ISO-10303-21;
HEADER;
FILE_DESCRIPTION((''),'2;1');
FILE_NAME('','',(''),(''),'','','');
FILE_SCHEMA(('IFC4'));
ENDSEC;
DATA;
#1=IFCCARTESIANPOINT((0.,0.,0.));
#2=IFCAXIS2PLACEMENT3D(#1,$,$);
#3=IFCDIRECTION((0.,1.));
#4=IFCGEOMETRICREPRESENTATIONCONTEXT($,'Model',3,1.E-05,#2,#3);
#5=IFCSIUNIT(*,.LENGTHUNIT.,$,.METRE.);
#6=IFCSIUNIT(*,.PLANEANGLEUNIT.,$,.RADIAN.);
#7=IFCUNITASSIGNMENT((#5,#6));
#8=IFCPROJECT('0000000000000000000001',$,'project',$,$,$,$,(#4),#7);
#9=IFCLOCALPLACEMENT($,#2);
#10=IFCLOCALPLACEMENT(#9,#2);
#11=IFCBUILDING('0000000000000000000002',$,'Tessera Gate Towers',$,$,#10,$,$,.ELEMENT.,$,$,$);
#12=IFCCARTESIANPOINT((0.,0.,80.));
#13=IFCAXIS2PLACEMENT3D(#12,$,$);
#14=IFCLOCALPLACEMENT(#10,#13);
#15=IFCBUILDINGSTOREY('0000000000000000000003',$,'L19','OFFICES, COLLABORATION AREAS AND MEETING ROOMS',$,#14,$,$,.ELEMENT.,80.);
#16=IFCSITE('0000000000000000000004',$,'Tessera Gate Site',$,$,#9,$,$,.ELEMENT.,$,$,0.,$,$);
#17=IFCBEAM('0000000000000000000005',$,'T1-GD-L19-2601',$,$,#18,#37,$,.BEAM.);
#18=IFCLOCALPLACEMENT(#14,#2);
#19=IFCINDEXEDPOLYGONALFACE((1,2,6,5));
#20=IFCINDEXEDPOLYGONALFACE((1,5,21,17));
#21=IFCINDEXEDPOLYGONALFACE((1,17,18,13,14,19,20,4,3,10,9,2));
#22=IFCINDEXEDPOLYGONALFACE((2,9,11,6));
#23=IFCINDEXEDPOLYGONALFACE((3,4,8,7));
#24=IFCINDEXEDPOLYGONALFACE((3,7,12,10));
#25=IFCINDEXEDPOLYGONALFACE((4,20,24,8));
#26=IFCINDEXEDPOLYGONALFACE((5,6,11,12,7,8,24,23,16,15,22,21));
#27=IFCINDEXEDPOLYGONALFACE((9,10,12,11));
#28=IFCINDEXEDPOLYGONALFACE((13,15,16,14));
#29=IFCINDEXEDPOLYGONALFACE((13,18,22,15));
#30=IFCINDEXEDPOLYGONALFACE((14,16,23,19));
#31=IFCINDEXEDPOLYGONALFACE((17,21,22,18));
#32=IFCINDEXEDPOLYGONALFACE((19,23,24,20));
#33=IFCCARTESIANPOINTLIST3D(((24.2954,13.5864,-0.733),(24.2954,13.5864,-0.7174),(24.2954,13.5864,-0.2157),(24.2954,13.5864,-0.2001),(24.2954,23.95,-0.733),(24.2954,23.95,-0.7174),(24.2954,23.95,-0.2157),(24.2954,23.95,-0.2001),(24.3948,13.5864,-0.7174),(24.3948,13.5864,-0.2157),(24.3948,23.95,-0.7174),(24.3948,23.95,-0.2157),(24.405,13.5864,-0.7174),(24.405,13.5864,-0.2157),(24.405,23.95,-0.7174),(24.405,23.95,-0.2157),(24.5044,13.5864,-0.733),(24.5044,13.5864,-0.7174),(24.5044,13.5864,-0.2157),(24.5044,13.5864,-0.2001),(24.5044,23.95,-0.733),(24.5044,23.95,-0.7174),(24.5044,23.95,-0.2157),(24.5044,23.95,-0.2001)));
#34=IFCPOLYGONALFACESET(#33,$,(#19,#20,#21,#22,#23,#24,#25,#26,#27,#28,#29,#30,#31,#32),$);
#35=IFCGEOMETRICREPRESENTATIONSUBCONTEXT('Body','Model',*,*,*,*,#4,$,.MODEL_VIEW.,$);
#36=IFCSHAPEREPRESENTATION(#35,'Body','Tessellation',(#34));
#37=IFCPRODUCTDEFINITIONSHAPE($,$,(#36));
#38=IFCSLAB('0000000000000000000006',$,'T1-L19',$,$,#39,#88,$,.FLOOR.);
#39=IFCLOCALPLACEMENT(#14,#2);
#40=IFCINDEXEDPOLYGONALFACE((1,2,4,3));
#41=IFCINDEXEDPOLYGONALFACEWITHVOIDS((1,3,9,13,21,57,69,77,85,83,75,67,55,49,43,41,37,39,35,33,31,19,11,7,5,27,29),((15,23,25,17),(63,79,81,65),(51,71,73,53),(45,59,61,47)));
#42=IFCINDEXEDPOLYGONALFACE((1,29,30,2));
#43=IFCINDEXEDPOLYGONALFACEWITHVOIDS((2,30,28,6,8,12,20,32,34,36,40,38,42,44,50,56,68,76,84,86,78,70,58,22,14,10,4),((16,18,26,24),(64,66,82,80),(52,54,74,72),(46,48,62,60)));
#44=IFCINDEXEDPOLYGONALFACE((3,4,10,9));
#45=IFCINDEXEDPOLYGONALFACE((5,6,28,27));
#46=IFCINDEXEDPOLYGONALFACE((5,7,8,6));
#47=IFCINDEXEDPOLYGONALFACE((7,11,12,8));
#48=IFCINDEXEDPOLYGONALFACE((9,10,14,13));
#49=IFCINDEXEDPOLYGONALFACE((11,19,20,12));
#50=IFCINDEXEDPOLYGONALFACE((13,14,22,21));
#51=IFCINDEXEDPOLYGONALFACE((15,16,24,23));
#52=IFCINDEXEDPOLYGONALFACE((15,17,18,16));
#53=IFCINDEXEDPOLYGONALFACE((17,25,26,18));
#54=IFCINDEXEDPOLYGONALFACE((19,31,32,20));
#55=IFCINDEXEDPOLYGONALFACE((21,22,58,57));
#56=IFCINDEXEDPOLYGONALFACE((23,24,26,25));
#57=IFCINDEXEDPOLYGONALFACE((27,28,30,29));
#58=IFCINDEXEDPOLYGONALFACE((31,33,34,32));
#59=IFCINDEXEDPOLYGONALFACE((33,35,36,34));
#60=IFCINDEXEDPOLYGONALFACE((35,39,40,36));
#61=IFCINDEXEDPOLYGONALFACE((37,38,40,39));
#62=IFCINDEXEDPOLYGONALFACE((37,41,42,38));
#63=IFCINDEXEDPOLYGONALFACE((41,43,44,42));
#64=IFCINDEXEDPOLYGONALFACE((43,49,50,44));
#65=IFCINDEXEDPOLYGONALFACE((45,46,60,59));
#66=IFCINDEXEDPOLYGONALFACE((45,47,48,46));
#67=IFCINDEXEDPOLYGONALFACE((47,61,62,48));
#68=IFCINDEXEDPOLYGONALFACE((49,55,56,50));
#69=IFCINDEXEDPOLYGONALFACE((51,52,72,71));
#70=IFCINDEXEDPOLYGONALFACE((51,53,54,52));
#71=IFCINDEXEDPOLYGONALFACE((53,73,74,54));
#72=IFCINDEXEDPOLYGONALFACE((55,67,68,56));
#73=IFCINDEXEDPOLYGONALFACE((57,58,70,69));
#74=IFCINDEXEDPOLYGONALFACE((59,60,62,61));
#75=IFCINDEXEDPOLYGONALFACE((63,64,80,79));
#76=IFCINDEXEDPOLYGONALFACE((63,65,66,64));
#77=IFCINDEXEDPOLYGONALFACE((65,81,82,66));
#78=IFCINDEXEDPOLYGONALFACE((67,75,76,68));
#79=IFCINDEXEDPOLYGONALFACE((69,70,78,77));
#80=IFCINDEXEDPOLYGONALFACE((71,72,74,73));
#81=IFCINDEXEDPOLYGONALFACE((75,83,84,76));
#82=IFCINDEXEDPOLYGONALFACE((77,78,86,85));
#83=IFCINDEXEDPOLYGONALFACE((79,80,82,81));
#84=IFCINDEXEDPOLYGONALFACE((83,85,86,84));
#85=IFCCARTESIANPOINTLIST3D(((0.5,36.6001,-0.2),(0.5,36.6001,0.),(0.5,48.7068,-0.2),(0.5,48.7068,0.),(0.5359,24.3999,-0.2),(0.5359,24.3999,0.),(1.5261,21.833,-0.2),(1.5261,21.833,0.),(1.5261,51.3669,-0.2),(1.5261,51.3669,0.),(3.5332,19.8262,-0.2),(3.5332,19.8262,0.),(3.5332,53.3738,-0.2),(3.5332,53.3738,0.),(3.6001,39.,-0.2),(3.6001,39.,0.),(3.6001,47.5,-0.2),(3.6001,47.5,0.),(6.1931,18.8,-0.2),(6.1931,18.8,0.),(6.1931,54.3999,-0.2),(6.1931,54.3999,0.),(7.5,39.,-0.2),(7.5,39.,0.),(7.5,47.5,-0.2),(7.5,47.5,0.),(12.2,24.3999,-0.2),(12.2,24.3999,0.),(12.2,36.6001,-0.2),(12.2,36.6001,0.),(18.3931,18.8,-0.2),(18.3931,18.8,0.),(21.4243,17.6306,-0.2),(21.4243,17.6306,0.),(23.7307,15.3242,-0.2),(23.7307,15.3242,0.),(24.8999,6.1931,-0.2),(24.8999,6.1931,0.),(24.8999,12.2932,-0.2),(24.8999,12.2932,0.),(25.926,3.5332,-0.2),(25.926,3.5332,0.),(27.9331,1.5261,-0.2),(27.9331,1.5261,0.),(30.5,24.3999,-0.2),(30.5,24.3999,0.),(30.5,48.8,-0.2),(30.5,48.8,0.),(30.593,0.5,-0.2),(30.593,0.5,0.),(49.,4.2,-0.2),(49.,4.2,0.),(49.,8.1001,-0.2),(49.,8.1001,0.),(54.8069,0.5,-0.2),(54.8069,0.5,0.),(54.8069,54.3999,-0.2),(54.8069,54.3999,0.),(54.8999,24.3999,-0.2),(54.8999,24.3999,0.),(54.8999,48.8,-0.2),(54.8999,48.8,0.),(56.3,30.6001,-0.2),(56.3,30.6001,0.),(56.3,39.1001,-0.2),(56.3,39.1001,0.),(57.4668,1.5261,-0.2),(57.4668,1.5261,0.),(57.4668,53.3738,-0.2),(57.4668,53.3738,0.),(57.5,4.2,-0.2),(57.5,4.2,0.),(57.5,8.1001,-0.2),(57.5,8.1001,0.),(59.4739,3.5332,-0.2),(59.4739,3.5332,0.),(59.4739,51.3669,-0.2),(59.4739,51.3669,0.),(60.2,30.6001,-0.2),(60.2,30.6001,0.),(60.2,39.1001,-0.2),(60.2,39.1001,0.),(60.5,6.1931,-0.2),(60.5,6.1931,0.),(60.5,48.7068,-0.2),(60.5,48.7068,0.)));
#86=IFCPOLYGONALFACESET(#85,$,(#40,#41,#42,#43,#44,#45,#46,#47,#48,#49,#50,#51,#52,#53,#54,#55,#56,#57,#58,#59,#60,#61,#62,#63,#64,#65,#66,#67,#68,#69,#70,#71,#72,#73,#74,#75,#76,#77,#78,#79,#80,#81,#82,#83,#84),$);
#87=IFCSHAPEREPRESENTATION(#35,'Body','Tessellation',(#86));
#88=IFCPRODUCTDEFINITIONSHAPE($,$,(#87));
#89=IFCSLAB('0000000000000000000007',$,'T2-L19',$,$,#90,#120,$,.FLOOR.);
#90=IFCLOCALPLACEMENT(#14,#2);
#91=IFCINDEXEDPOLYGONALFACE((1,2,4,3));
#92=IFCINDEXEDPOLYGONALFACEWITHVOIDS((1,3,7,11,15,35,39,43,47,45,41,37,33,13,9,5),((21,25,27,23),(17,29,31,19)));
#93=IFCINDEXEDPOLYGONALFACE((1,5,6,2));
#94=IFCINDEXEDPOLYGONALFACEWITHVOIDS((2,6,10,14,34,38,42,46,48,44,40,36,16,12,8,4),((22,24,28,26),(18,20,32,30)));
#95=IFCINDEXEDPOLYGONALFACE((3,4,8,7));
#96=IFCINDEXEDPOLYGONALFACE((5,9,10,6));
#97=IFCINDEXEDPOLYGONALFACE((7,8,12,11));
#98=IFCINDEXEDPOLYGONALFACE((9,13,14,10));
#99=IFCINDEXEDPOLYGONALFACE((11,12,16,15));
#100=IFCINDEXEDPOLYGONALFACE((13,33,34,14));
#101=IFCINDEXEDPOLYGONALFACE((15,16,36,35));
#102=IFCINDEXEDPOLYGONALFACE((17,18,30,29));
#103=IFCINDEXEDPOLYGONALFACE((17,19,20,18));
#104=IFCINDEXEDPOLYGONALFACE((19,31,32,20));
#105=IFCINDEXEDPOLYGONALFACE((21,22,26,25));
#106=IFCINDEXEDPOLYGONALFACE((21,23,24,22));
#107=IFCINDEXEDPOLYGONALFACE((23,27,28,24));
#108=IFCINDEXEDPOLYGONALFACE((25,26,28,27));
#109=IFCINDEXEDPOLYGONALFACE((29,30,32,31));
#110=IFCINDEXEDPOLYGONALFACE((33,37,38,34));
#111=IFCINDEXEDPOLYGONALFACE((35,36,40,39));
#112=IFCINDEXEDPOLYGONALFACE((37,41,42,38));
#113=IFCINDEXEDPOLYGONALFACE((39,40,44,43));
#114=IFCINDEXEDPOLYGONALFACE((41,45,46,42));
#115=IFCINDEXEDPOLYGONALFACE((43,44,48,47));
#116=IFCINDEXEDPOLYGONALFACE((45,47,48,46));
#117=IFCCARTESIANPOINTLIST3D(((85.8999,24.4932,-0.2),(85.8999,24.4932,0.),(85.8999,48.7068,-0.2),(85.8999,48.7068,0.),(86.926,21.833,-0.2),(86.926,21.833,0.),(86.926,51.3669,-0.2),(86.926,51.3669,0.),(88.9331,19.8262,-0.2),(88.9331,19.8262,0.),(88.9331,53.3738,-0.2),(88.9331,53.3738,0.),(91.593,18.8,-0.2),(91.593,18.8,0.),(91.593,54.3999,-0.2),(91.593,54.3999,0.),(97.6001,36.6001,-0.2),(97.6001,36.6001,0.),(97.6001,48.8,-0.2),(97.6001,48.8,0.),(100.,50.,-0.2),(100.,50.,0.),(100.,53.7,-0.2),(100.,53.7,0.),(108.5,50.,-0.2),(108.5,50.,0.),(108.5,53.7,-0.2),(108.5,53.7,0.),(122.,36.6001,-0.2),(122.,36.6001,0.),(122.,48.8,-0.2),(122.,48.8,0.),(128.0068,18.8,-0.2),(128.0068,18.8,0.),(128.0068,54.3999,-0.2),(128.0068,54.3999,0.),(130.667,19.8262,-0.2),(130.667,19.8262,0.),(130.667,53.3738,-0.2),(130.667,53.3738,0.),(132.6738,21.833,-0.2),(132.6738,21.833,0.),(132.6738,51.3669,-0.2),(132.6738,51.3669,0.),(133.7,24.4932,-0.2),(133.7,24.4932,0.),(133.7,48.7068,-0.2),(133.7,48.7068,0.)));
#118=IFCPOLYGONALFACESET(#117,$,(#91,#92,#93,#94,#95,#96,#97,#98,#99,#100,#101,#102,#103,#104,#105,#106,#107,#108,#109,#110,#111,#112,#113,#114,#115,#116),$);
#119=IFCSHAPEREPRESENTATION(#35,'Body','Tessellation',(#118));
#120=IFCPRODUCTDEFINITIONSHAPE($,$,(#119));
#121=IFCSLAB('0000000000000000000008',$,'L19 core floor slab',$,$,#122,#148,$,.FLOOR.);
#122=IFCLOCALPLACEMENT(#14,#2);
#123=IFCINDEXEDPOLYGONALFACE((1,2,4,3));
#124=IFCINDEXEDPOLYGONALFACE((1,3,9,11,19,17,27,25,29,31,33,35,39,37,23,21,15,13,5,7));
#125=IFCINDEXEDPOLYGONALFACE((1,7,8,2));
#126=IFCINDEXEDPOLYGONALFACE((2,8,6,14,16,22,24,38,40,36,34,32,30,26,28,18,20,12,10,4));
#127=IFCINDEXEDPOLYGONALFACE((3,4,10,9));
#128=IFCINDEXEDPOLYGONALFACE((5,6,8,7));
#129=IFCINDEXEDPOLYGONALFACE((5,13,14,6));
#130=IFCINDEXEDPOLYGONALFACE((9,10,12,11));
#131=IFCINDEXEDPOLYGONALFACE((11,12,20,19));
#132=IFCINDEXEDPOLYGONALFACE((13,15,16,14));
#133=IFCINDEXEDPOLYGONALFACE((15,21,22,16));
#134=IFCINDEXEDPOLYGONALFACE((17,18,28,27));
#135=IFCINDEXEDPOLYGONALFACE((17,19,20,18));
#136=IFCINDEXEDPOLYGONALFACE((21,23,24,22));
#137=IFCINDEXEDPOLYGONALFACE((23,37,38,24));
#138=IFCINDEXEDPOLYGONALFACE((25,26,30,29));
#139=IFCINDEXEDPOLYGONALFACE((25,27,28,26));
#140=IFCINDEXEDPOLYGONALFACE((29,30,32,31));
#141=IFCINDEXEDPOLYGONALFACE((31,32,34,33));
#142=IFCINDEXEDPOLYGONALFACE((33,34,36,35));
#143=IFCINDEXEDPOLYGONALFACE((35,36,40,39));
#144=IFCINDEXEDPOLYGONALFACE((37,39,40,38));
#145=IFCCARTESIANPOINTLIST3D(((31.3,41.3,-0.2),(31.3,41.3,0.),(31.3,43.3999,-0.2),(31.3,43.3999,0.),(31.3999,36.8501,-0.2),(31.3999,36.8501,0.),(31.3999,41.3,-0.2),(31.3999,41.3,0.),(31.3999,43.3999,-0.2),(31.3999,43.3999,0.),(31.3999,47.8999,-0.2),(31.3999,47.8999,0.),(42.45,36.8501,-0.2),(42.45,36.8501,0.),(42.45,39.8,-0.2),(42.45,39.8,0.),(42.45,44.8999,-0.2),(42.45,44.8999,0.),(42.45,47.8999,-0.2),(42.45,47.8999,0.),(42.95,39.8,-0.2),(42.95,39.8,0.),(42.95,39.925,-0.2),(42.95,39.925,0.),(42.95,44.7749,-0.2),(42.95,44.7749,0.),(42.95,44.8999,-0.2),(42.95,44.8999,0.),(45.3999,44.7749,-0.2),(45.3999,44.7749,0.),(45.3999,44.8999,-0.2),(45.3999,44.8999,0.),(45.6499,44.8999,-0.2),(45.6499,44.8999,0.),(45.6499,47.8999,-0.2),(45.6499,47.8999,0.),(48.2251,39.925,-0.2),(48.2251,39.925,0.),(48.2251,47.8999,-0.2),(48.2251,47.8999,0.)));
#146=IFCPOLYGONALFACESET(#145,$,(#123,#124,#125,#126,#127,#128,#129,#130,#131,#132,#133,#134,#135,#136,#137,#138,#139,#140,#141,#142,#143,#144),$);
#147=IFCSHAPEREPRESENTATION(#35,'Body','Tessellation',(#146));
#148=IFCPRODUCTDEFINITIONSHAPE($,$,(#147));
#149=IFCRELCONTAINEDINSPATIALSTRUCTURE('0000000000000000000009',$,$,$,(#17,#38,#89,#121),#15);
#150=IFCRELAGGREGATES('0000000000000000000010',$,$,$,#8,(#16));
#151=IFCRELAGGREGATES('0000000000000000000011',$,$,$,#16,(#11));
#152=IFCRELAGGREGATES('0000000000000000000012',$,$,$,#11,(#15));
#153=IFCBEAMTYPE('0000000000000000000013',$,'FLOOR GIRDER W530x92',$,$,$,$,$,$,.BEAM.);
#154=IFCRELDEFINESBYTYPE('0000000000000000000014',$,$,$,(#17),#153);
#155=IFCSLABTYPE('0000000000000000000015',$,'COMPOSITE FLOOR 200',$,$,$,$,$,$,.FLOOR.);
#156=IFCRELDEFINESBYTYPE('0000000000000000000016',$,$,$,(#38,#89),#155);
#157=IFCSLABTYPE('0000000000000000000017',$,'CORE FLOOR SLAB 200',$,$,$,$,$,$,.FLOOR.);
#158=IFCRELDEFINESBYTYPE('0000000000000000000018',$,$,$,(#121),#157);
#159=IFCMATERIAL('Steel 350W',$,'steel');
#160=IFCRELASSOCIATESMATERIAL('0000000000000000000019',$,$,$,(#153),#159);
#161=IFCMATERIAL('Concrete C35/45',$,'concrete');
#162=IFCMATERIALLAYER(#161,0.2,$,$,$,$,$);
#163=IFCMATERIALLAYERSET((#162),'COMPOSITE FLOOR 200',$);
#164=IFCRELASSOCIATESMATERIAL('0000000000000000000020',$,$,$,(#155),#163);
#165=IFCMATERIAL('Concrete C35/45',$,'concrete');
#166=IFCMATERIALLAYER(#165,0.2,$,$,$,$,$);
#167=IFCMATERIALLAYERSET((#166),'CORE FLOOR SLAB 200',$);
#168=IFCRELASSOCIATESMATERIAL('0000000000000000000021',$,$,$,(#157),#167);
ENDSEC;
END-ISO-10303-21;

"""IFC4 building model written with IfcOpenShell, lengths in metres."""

from ifc_helpers import new_model, si_unit, direction, frame, origin, origin_2d, place, context, subcontext, project, spatial, polyline, i_section, outline, extrude, material, layer, layer_set, material_profile, profile_set, type_object, element, save


model = new_model("IFC4")

# Units and contexts
model_context = context("Model", 3, precision=1e-05, world=origin(), true_north=direction((0.0, 1.0)))
body_context = subcontext(model_context, "Body", "Model", "MODEL_VIEW")
ifc_project = project(units=[si_unit("LENGTHUNIT", "METRE"), si_unit("PLANEANGLEUNIT", "RADIAN")], contexts=[model_context])

# Site, building, storey
site_placement = place(None, origin())
site = spatial("IfcSite", under=ifc_project, at=site_placement, Name="Tessera Gate Site", CompositionType="ELEMENT", RefElevation=0.0)
building_placement = place(site_placement, origin())
building = spatial("IfcBuilding", under=site, at=building_placement, Name="Tessera Gate Towers", CompositionType="ELEMENT")
storey_placement = place(building_placement, frame((0.0, 0.0, 80.0)))
storey = spatial("IfcBuildingStorey", under=building, at=storey_placement, Name="L19", Description="OFFICES, COLLABORATION AREAS AND MEETING ROOMS", CompositionType="ELEMENT", Elevation=80.0)

# Beam
ifc_material_1 = material(Name="Steel 350W", Category="steel")
ifc_material_profile = material_profile(ifc_material_1, i_section(OverallWidth=0.209, OverallDepth=0.533, WebThickness=0.0103, FlangeThickness=0.0156, at=origin_2d()), Name="W530x92")
ifc_profile_set = profile_set([ifc_material_profile], Name="Steel 350W")
beam_type = type_object("IfcBeamType", Name="FLOOR GIRDER W530x92", PredefinedType="BEAM", material=ifc_profile_set)
beam_placement = place(storey_placement, frame((24.3999, 13.5864, -0.4666), z_axis=(0.0, 1.0, 0.0), x_axis=(-1.0, 0.0, 0.0)))
element("IfcBeam", 1, at=beam_placement, inside=storey, type_object=beam_type, Name="T1-GD-L19-2601", PredefinedType="BEAM", context=body_context, shape_type="SweptSolid", body=[
    extrude(i_section(OverallWidth=0.209, OverallDepth=0.533, WebThickness=0.0103, FlangeThickness=0.0156, at=origin_2d()), origin(), (0.0, 0.0, 1.0), 10.3635),
])

# Slabs
ifc_material_2 = material(Name="Concrete C35/45", Category="concrete")
ifc_layer_1 = layer(ifc_material_2, 0.2)
ifc_layer_set_1 = layer_set([ifc_layer_1], Name="COMPOSITE FLOOR 200")
slab_type_1 = type_object("IfcSlabType", Name="COMPOSITE FLOOR 200", PredefinedType="FLOOR", material=ifc_layer_set_1)
slab_1_placement = place(storey_placement, frame((0.0, 0.0, -0.2)))
element("IfcSlab", 2, at=slab_1_placement, inside=storey, type_object=slab_type_1, Name="T1-L19", PredefinedType="FLOOR", context=body_context, shape_type="SweptSolid", body=[
    extrude(outline(polyline([(0.5, 36.6001), (12.2, 36.6001), (12.2, 24.3999), (0.5359, 24.3999), (1.5261, 21.833), (3.5332, 19.8262), (6.1931, 18.8), (18.3931, 18.8), (21.4243, 17.6306), (23.7307, 15.3242), (24.8999, 12.2932), (24.8999, 6.1931), (25.926, 3.5332), (27.9331, 1.5261), (30.593, 0.5), (54.8069, 0.5), (57.4668, 1.5261), (59.4739, 3.5332), (60.5, 6.1931), (60.5, 48.7068), (59.4739, 51.3669), (57.4668, 53.3738), (54.8069, 54.3999), (6.1931, 54.3999), (3.5332, 53.3738), (1.5261, 51.3669), (0.5, 48.7068), (0.5, 36.6001)]), holes=[polyline([(3.6001, 39.0), (3.6001, 47.5), (7.5, 47.5), (7.5, 39.0), (3.6001, 39.0)]), polyline([(30.5, 24.3999), (30.5, 48.8), (54.8999, 48.8), (54.8999, 24.3999), (30.5, 24.3999)]), polyline([(49.0, 4.2), (49.0, 8.1001), (57.5, 8.1001), (57.5, 4.2), (49.0, 4.2)]), polyline([(56.3, 30.6001), (56.3, 39.1001), (60.2, 39.1001), (60.2, 30.6001), (56.3, 30.6001)])]), origin(), (0.0, 0.0, 1.0), 0.2),
])
slab_2_placement = place(storey_placement, frame((0.0, 0.0, -0.2)))
element("IfcSlab", 3, at=slab_2_placement, inside=storey, type_object=slab_type_1, Name="T2-L19", PredefinedType="FLOOR", context=body_context, shape_type="SweptSolid", body=[
    extrude(outline(polyline([(85.8999, 24.4932), (86.926, 21.833), (88.9331, 19.8262), (91.593, 18.8), (128.0068, 18.8), (130.667, 19.8262), (132.6738, 21.833), (133.7, 24.4932), (133.7, 48.7068), (132.6738, 51.3669), (130.667, 53.3738), (128.0068, 54.3999), (91.593, 54.3999), (88.9331, 53.3738), (86.926, 51.3669), (85.8999, 48.7068), (85.8999, 24.4932)]), holes=[polyline([(97.6001, 36.6001), (97.6001, 48.8), (122.0, 48.8), (122.0, 36.6001), (97.6001, 36.6001)]), polyline([(100.0, 50.0), (100.0, 53.7), (108.5, 53.7), (108.5, 50.0), (100.0, 50.0)])]), origin(), (0.0, 0.0, 1.0), 0.2),
])
ifc_material_3 = material(Name="Concrete C35/45", Category="concrete")
ifc_layer_2 = layer(ifc_material_3, 0.2)
ifc_layer_set_2 = layer_set([ifc_layer_2], Name="CORE FLOOR SLAB 200")
slab_type_2 = type_object("IfcSlabType", Name="CORE FLOOR SLAB 200", PredefinedType="FLOOR", material=ifc_layer_set_2)
slab_3_placement = place(storey_placement, frame((0.0, 0.0, -0.2)))
element("IfcSlab", 4, at=slab_3_placement, inside=storey, type_object=slab_type_2, Name="L19 core floor slab", PredefinedType="FLOOR", context=body_context, shape_type="SweptSolid", body=[
    extrude(outline(polyline([(31.3999, 47.8999), (31.3999, 43.3999), (31.3, 43.3999), (31.3, 41.3), (31.3999, 41.3), (31.3999, 36.8501), (42.45, 36.8501), (42.45, 39.8), (42.95, 39.8), (42.95, 39.925), (48.2251, 39.925), (48.2251, 47.8999), (45.6499, 47.8999), (45.6499, 44.8999), (45.3999, 44.8999), (45.3999, 44.7749), (42.95, 44.7749), (42.95, 44.8999), (42.45, 44.8999), (42.45, 47.8999), (31.3999, 47.8999)])), origin(), (0.0, 0.0, 1.0), 0.2),
])

save(model, "model.ifc")
